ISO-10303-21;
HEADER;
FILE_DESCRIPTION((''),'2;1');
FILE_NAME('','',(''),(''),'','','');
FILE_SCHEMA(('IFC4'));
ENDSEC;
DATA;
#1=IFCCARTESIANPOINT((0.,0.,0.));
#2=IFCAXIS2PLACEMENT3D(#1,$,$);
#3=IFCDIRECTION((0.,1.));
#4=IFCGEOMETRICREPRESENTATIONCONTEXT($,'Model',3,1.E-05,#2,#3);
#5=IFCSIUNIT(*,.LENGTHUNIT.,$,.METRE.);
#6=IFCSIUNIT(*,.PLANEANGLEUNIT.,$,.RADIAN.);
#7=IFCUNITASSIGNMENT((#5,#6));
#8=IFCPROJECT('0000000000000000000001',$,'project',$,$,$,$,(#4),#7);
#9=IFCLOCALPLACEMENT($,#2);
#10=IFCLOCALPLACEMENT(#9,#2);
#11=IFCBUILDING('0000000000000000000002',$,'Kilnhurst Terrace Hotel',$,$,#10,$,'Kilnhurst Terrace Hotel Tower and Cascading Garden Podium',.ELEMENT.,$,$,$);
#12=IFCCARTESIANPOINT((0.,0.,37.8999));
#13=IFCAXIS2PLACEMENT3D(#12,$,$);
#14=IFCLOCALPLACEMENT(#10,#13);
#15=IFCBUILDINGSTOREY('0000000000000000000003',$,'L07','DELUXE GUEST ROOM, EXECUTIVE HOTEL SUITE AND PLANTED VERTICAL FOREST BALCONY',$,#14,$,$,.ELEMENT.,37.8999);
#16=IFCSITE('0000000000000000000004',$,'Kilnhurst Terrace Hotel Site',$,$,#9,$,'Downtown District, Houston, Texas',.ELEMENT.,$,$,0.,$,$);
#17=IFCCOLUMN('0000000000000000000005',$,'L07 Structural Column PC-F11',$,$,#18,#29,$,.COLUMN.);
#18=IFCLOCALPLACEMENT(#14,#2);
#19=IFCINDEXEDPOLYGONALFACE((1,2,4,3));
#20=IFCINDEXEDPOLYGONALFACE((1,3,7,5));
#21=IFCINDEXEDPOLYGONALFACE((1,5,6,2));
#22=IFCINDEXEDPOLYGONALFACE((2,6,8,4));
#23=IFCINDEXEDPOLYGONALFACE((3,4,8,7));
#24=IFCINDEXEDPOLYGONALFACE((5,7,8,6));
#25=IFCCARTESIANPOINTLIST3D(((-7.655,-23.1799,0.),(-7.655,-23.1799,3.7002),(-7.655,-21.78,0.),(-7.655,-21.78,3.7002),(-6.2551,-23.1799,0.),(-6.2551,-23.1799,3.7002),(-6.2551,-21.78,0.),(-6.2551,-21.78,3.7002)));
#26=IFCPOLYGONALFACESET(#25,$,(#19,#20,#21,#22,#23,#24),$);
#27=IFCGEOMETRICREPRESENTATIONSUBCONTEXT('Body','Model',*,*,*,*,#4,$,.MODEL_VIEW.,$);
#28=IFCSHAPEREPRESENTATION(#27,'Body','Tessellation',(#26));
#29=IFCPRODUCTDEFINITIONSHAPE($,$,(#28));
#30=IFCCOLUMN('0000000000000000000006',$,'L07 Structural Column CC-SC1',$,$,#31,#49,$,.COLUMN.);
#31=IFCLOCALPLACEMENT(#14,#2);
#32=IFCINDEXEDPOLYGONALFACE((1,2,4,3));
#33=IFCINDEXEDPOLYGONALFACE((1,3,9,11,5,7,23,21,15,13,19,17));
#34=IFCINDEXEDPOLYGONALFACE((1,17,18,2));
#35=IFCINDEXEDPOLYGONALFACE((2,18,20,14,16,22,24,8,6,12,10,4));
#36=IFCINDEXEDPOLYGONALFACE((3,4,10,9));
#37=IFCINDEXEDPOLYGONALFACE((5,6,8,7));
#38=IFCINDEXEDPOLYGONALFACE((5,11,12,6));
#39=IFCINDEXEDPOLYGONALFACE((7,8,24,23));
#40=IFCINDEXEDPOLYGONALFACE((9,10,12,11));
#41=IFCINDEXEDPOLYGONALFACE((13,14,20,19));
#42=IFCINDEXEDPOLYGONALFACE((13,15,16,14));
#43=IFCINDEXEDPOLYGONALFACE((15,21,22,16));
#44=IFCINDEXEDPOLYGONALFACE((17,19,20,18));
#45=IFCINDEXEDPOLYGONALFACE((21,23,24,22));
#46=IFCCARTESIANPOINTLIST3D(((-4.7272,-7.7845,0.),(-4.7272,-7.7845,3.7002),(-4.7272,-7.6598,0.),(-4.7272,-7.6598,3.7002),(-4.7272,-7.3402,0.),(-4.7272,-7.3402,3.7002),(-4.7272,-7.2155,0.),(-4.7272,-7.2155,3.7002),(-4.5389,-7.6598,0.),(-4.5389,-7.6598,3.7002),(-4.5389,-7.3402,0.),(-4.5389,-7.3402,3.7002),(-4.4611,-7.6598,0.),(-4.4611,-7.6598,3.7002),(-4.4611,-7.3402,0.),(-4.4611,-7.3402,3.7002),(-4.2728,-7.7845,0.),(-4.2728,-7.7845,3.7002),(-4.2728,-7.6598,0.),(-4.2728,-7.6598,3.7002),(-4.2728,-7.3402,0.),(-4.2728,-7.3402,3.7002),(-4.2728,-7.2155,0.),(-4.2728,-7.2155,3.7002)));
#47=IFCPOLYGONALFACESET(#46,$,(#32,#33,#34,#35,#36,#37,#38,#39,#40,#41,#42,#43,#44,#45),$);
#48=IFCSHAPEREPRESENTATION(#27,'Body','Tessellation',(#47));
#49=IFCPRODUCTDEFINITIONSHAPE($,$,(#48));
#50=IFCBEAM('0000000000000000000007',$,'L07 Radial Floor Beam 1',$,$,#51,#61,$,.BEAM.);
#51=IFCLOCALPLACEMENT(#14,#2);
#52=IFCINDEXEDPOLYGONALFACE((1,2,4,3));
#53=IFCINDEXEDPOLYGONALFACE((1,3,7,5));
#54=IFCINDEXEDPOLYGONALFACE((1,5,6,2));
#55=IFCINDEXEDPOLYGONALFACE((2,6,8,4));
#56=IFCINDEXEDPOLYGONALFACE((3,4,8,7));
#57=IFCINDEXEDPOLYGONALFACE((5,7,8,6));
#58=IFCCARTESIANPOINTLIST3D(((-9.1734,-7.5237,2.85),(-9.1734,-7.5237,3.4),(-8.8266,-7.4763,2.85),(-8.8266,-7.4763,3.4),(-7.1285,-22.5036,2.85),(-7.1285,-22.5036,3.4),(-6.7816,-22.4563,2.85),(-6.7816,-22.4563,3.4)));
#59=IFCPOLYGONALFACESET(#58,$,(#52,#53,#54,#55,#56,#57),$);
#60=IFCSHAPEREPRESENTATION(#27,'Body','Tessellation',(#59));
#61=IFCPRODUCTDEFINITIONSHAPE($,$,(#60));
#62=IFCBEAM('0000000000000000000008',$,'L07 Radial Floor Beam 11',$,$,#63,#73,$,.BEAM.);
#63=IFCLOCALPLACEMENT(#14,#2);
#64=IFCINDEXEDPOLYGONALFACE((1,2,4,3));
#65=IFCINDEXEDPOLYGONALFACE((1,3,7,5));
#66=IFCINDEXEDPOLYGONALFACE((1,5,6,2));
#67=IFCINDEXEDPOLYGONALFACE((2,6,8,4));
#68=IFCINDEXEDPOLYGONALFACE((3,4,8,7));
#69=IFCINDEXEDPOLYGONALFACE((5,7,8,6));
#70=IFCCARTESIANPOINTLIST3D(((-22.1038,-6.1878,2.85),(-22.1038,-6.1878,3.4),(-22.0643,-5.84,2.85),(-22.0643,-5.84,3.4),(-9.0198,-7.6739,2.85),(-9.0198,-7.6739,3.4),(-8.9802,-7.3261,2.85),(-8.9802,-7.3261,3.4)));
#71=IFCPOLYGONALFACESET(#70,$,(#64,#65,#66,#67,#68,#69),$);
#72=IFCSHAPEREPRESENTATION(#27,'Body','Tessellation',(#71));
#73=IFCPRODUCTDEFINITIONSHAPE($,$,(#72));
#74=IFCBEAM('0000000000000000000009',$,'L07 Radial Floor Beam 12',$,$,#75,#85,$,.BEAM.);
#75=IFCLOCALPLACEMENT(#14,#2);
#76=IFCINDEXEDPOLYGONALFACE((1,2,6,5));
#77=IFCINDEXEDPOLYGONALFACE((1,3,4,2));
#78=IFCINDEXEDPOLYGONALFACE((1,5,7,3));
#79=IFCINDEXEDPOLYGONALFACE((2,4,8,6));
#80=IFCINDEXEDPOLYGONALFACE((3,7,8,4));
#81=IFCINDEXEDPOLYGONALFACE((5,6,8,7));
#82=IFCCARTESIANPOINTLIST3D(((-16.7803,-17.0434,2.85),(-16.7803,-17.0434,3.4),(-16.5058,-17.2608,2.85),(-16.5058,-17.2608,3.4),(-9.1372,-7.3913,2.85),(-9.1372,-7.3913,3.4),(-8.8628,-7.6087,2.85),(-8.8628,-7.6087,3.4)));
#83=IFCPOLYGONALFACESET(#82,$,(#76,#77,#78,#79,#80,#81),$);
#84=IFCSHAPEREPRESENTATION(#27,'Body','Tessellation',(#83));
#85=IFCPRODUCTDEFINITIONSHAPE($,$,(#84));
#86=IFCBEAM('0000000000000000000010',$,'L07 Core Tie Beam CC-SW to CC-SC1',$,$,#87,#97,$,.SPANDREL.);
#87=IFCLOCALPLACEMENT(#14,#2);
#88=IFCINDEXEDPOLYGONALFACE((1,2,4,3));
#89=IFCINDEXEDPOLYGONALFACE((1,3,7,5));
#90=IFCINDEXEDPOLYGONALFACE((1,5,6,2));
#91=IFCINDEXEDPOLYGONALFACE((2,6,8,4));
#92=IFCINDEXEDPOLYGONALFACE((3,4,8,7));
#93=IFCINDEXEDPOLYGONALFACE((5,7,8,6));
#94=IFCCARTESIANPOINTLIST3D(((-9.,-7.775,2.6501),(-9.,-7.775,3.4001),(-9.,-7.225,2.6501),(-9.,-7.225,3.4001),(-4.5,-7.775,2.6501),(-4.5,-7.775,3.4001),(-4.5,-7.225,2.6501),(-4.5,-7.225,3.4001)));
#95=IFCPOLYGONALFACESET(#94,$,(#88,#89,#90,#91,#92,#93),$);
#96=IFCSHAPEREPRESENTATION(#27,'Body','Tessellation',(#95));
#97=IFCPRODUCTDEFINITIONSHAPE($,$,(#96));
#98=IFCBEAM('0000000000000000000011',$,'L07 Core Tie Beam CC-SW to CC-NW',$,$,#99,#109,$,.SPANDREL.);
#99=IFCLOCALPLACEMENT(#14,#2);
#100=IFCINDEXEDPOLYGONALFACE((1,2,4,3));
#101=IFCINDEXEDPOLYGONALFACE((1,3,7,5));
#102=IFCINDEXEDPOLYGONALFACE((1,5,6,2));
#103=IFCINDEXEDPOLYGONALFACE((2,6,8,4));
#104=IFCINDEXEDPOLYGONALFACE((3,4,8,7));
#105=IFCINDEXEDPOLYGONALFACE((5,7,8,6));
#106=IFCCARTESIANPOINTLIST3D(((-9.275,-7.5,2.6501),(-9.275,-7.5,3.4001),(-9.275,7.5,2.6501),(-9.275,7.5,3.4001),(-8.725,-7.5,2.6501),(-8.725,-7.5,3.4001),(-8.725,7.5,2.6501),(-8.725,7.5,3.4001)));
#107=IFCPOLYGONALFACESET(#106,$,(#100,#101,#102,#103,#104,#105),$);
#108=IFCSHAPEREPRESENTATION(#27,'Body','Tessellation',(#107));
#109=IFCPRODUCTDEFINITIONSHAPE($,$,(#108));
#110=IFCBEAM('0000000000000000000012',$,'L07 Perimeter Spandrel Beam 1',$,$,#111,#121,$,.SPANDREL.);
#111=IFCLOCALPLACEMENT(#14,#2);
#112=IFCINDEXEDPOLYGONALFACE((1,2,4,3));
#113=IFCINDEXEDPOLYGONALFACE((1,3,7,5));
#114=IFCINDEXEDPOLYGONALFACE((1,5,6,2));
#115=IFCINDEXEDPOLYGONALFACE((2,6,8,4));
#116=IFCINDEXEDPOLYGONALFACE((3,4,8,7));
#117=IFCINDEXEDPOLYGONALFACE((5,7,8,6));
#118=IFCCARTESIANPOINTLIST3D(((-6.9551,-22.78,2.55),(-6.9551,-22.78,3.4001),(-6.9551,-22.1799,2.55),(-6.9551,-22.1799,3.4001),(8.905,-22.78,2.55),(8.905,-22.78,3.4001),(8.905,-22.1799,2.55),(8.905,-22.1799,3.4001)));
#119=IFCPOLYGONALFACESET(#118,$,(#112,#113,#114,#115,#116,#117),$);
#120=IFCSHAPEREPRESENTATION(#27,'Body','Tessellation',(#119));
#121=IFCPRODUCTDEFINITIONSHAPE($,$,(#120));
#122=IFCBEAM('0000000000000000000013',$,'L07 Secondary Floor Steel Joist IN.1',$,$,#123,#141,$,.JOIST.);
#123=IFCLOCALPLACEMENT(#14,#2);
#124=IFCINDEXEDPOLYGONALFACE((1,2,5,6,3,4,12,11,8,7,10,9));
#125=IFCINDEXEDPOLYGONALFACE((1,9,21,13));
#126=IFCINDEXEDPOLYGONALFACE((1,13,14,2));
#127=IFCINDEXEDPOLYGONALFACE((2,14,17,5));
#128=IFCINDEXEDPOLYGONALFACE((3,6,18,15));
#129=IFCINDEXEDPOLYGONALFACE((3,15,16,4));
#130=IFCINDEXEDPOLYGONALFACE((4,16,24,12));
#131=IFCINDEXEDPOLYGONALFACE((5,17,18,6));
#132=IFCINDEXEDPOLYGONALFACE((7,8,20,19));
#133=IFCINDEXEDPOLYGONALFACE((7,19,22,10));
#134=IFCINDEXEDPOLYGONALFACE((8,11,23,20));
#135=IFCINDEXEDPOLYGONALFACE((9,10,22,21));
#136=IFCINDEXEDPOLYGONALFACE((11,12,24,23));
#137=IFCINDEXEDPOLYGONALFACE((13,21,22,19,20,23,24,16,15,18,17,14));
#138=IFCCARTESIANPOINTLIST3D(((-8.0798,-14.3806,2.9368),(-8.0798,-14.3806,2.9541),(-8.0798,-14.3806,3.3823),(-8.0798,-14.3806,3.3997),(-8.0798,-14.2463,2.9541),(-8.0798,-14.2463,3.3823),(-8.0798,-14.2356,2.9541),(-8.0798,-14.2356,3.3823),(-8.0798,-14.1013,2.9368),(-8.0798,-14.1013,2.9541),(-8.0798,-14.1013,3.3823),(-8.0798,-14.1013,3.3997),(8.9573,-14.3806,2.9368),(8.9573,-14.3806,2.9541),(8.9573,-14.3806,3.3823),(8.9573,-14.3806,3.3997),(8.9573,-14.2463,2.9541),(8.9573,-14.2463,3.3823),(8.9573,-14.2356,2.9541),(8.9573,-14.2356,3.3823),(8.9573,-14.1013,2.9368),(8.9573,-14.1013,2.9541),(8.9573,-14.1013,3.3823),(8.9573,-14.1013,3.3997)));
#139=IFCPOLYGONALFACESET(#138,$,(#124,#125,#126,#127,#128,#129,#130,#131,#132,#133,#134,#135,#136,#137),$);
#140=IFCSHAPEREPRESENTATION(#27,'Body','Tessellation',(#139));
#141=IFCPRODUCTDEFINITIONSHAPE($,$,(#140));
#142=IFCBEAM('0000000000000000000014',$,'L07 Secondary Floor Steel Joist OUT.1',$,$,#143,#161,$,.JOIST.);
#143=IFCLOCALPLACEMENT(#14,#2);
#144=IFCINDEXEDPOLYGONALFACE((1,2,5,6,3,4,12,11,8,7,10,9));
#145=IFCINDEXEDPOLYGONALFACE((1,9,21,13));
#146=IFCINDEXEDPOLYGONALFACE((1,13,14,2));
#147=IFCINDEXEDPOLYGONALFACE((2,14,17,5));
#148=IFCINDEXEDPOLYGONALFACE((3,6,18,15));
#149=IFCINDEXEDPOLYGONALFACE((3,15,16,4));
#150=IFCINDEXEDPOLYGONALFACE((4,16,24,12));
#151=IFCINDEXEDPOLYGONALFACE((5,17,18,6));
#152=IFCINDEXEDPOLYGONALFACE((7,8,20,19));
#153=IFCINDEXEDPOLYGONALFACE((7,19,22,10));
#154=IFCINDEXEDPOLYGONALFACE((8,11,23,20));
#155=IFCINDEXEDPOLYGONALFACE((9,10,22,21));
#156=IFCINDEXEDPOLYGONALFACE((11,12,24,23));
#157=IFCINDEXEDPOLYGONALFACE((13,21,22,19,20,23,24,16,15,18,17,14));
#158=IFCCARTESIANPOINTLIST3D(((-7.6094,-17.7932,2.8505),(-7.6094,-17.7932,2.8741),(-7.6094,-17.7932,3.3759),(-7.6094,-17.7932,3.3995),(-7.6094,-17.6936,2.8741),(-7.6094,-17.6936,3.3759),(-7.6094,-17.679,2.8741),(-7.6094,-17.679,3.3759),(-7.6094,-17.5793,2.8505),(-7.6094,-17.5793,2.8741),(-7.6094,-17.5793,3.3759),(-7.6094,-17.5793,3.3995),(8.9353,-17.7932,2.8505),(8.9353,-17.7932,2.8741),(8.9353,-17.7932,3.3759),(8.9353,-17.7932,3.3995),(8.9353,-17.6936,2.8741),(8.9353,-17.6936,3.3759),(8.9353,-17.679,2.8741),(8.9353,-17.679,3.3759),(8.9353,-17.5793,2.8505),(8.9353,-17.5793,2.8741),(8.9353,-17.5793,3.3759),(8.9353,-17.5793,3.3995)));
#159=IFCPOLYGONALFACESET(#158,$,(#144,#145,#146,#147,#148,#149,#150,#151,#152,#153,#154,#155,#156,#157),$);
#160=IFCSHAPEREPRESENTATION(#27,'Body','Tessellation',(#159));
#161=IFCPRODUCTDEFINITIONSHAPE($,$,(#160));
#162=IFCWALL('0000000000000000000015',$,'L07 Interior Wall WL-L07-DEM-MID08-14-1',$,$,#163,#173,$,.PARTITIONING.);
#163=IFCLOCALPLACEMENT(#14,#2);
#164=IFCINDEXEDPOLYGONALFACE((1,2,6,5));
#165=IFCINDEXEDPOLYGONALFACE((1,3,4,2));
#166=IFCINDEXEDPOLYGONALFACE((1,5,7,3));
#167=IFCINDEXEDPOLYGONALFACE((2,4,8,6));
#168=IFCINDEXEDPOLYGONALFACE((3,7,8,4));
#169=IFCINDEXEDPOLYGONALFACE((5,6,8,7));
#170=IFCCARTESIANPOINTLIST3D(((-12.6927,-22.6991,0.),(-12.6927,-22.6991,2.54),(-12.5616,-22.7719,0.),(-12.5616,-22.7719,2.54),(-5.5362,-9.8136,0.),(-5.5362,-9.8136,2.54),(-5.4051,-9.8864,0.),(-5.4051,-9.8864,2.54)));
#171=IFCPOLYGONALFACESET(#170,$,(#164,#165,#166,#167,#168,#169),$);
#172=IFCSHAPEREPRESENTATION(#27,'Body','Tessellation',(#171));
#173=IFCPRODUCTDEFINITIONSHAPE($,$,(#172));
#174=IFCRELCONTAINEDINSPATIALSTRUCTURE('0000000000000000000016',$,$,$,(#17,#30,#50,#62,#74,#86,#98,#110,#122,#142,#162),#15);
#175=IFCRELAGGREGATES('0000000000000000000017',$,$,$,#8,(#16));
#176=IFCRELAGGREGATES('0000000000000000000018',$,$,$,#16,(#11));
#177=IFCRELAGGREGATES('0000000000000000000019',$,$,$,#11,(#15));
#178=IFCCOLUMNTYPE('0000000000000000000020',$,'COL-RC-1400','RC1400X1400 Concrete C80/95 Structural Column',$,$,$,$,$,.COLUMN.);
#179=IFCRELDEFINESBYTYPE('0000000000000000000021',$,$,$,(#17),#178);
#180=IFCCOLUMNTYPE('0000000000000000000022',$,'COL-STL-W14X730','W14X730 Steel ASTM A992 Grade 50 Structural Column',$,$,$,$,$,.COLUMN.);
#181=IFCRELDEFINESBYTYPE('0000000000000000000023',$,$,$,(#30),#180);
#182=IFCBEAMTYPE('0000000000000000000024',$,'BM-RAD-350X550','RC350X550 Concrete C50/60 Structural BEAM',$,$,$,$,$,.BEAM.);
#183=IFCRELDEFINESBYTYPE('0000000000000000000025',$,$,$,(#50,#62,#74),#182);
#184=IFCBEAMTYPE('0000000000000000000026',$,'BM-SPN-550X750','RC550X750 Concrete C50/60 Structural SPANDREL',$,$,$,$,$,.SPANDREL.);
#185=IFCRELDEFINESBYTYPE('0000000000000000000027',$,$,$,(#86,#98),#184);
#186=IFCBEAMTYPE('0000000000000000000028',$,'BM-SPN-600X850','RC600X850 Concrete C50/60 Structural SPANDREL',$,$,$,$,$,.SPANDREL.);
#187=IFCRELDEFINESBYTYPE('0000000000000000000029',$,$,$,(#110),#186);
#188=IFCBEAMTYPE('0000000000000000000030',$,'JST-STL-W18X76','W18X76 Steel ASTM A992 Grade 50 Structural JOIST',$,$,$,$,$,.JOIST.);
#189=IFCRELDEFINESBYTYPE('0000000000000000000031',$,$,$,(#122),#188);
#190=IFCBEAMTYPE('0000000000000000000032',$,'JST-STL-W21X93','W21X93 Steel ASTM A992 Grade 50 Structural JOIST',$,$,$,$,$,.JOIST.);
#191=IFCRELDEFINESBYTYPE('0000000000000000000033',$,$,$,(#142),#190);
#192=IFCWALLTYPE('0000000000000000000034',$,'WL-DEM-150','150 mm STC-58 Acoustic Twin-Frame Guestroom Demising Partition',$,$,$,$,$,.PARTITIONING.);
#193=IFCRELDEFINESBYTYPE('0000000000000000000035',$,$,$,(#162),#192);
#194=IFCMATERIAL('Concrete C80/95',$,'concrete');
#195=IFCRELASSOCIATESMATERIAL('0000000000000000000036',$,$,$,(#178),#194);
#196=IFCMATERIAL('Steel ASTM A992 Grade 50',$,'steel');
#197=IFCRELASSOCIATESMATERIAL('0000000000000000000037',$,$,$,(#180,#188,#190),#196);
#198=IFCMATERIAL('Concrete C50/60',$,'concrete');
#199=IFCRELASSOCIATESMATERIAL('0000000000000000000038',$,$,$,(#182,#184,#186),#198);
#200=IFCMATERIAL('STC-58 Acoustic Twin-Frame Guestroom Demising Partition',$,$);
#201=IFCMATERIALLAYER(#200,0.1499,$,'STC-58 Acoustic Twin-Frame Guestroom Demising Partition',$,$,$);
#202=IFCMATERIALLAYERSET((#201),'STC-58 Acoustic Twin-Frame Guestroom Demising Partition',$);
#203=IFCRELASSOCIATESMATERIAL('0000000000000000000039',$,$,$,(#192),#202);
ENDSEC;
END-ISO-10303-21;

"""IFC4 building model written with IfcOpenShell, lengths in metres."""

from ifc_helpers import new_model, si_unit, direction, frame, frame_2d, origin, origin_2d, place, context, subcontext, project, spatial, rectangle, i_section, extrude, material, layer, layer_set, material_profile, profile_set, type_object, element, save


model = new_model("IFC4")

# Units and contexts
model_context = context("Model", 3, precision=1e-05, world=origin(), true_north=direction((0.0, 1.0)))
body_context = subcontext(model_context, "Body", "Model", "MODEL_VIEW")
ifc_project = project(units=[si_unit("LENGTHUNIT", "METRE"), si_unit("PLANEANGLEUNIT", "RADIAN")], contexts=[model_context])

# Site, building, storey
site_placement = place(None, origin())
site = spatial("IfcSite", under=ifc_project, at=site_placement, Name="Kilnhurst Terrace Hotel Site", LongName="Downtown District, Houston, Texas", CompositionType="ELEMENT", RefElevation=0.0)
building_placement = place(site_placement, origin())
building = spatial("IfcBuilding", under=site, at=building_placement, Name="Kilnhurst Terrace Hotel", LongName="Kilnhurst Terrace Hotel Tower and Cascading Garden Podium", CompositionType="ELEMENT")
storey_placement = place(building_placement, frame((0.0, 0.0, 37.8999)))
storey = spatial("IfcBuildingStorey", under=building, at=storey_placement, Name="L07", Description="DELUXE GUEST ROOM, EXECUTIVE HOTEL SUITE AND PLANTED VERTICAL FOREST BALCONY", CompositionType="ELEMENT", Elevation=37.8999)

# Columns
ifc_material_1 = material(Name="Concrete C80/95", Category="concrete")
ifc_material_profile_1 = material_profile(ifc_material_1, rectangle(XDim=1.3999, YDim=1.3999, at=origin_2d()), Name="RC1400X1400")
ifc_profile_set_1 = profile_set([ifc_material_profile_1], Name="Concrete C80/95")
column_type_1 = type_object("IfcColumnType", Name="COL-RC-1400", Description="RC1400X1400 Concrete C80/95 Structural Column", PredefinedType="COLUMN", material=ifc_profile_set_1)
column_1_placement = place(storey_placement, frame((-6.9551, -22.48, 0.0), z_axis=(0.0, 0.0, 1.0), x_axis=(1.0, 0.0, 0.0)))
element("IfcColumn", 1, at=column_1_placement, inside=storey, type_object=column_type_1, Name="L07 Structural Column PC-F11", PredefinedType="COLUMN", context=body_context, shape_type="SweptSolid", body=[
    extrude(rectangle(XDim=1.3999, YDim=1.3999, at=origin_2d()), origin(), (0.0, 0.0, 1.0), 3.7002),
])
ifc_material_2 = material(Name="Steel ASTM A992 Grade 50", Category="steel")
ifc_material_profile_2 = material_profile(ifc_material_2, i_section(OverallWidth=0.4543, OverallDepth=0.5691, WebThickness=0.0779, FlangeThickness=0.1248, at=origin_2d()), Name="W14X730")
ifc_profile_set_2 = profile_set([ifc_material_profile_2], Name="Steel ASTM A992 Grade 50")
column_type_2 = type_object("IfcColumnType", Name="COL-STL-W14X730", Description="W14X730 Steel ASTM A992 Grade 50 Structural Column", PredefinedType="COLUMN", material=ifc_profile_set_2)
column_2_placement = place(storey_placement, frame((-4.5, -7.5, 0.0), z_axis=(0.0, 0.0, 1.0), x_axis=(1.0, 0.0, 0.0)))
element("IfcColumn", 2, at=column_2_placement, inside=storey, type_object=column_type_2, Name="L07 Structural Column CC-SC1", PredefinedType="COLUMN", context=body_context, shape_type="SweptSolid", body=[
    extrude(i_section(OverallWidth=0.4543, OverallDepth=0.5691, WebThickness=0.0779, FlangeThickness=0.1248, at=origin_2d()), origin(), (0.0, 0.0, 1.0), 3.7002),
])

# Beams
ifc_material_3 = material(Name="Concrete C50/60", Category="concrete")
ifc_material_profile_3 = material_profile(ifc_material_3, rectangle(XDim=0.3501, YDim=0.55, at=origin_2d()), Name="RC350X550")
ifc_profile_set_3 = profile_set([ifc_material_profile_3], Name="Concrete C50/60")
beam_type_1 = type_object("IfcBeamType", Name="BM-RAD-350X550", Description="RC350X550 Concrete C50/60 Structural BEAM", PredefinedType="BEAM", material=ifc_profile_set_3)
beam_1_placement = place(storey_placement, frame((-9.0, -7.5, 3.125), z_axis=(0.135256, -0.990811, 0.0), x_axis=(0.990811, 0.135256, 0.0)))
element("IfcBeam", 3, at=beam_1_placement, inside=storey, type_object=beam_type_1, Name="L07 Radial Floor Beam 1", PredefinedType="BEAM", context=body_context, shape_type="SweptSolid", body=[
    extrude(rectangle(XDim=0.3501, YDim=0.55, at=origin_2d()), origin(), (0.0, 0.0, 1.0), 15.1189),
])
beam_2_placement = place(storey_placement, frame((-9.0, -7.5, 3.125), z_axis=(-0.993611, 0.112855, 0.0), x_axis=(-0.112855, -0.993611, 0.0)))
element("IfcBeam", 4, at=beam_2_placement, inside=storey, type_object=beam_type_1, Name="L07 Radial Floor Beam 11", PredefinedType="BEAM", context=body_context, shape_type="SweptSolid", body=[
    extrude(rectangle(XDim=0.3501, YDim=0.55, at=origin_2d()), origin(), (0.0, 0.0, 1.0), 13.1682),
])
beam_3_placement = place(storey_placement, frame((-9.0, -7.5, 3.125), z_axis=(-0.620794, -0.783974, 0.0), x_axis=(0.783974, -0.620794, 0.0)))
element("IfcBeam", 5, at=beam_3_placement, inside=storey, type_object=beam_type_1, Name="L07 Radial Floor Beam 12", PredefinedType="BEAM", context=body_context, shape_type="SweptSolid", body=[
    extrude(rectangle(XDim=0.3501, YDim=0.55, at=origin_2d()), origin(), (0.0, 0.0, 1.0), 12.3118),
])
ifc_material_profile_4 = material_profile(ifc_material_3, rectangle(XDim=0.55, YDim=0.75, at=origin_2d()), Name="RC550X750")
ifc_profile_set_4 = profile_set([ifc_material_profile_4], Name="Concrete C50/60")
beam_type_2 = type_object("IfcBeamType", Name="BM-SPN-550X750", Description="RC550X750 Concrete C50/60 Structural SPANDREL", PredefinedType="SPANDREL", material=ifc_profile_set_4)
beam_4_placement = place(storey_placement, frame((-9.0, -7.5, 3.0251), z_axis=(1.0, 0.0, 0.0), x_axis=(0.0, 1.0, 0.0)))
element("IfcBeam", 6, at=beam_4_placement, inside=storey, type_object=beam_type_2, Name="L07 Core Tie Beam CC-SW to CC-SC1", PredefinedType="SPANDREL", context=body_context, shape_type="SweptSolid", body=[
    extrude(rectangle(XDim=0.55, YDim=0.75, at=origin_2d()), origin(), (0.0, 0.0, 1.0), 4.5),
])
beam_5_placement = place(storey_placement, frame((-9.0, -7.5, 3.0251), z_axis=(0.0, 1.0, 0.0), x_axis=(-1.0, 0.0, 0.0)))
element("IfcBeam", 7, at=beam_5_placement, inside=storey, type_object=beam_type_2, Name="L07 Core Tie Beam CC-SW to CC-NW", PredefinedType="SPANDREL", context=body_context, shape_type="SweptSolid", body=[
    extrude(rectangle(XDim=0.55, YDim=0.75, at=origin_2d()), origin(), (0.0, 0.0, 1.0), 15.0),
])
ifc_material_profile_5 = material_profile(ifc_material_3, rectangle(XDim=0.6001, YDim=0.8501, at=origin_2d()), Name="RC600X850")
ifc_profile_set_5 = profile_set([ifc_material_profile_5], Name="Concrete C50/60")
beam_type_3 = type_object("IfcBeamType", Name="BM-SPN-600X850", Description="RC600X850 Concrete C50/60 Structural SPANDREL", PredefinedType="SPANDREL", material=ifc_profile_set_5)
beam_6_placement = place(storey_placement, frame((-6.9551, -22.48, 2.9751), z_axis=(1.0, 0.0, 0.0), x_axis=(0.0, 1.0, 0.0)))
element("IfcBeam", 8, at=beam_6_placement, inside=storey, type_object=beam_type_3, Name="L07 Perimeter Spandrel Beam 1", PredefinedType="SPANDREL", context=body_context, shape_type="SweptSolid", body=[
    extrude(rectangle(XDim=0.6001, YDim=0.8501, at=origin_2d()), origin(), (0.0, 0.0, 1.0), 15.8601),
])
ifc_material_profile_6 = material_profile(ifc_material_2, i_section(OverallWidth=0.2793, OverallDepth=0.4629, WebThickness=0.0107, FlangeThickness=0.0173, at=origin_2d()), Name="W18X76")
ifc_profile_set_6 = profile_set([ifc_material_profile_6], Name="Steel ASTM A992 Grade 50")
beam_type_4 = type_object("IfcBeamType", Name="JST-STL-W18X76", Description="W18X76 Steel ASTM A992 Grade 50 Structural JOIST", PredefinedType="JOIST", material=ifc_profile_set_6)
beam_7_placement = place(storey_placement, frame((-8.0798, -14.241, 3.1682), z_axis=(1.0, 0.0, 0.0), x_axis=(0.0, 1.0, 0.0)))
element("IfcBeam", 9, at=beam_7_placement, inside=storey, type_object=beam_type_4, Name="L07 Secondary Floor Steel Joist IN.1", PredefinedType="JOIST", context=body_context, shape_type="SweptSolid", body=[
    extrude(i_section(OverallWidth=0.2793, OverallDepth=0.4629, WebThickness=0.0107, FlangeThickness=0.0173, at=origin_2d()), origin(), (0.0, 0.0, 1.0), 17.0371),
])
ifc_material_profile_7 = material_profile(ifc_material_2, i_section(OverallWidth=0.2139, OverallDepth=0.5491, WebThickness=0.0146, FlangeThickness=0.0237, at=origin_2d()), Name="W21X93")
ifc_profile_set_7 = profile_set([ifc_material_profile_7], Name="Steel ASTM A992 Grade 50")
beam_type_5 = type_object("IfcBeamType", Name="JST-STL-W21X93", Description="W21X93 Steel ASTM A992 Grade 50 Structural JOIST", PredefinedType="JOIST", material=ifc_profile_set_7)
beam_8_placement = place(storey_placement, frame((-7.6094, -17.6863, 3.125), z_axis=(1.0, 0.0, 0.0), x_axis=(0.0, 1.0, 0.0)))
element("IfcBeam", 10, at=beam_8_placement, inside=storey, type_object=beam_type_5, Name="L07 Secondary Floor Steel Joist OUT.1", PredefinedType="JOIST", context=body_context, shape_type="SweptSolid", body=[
    extrude(i_section(OverallWidth=0.2139, OverallDepth=0.5491, WebThickness=0.0146, FlangeThickness=0.0237, at=origin_2d()), origin(), (0.0, 0.0, 1.0), 16.5447),
])

# Wall
ifc_material_4 = material(Name="STC-58 Acoustic Twin-Frame Guestroom Demising Partition")
ifc_layer_1 = layer(ifc_material_4, 0.1499, Name="STC-58 Acoustic Twin-Frame Guestroom Demising Partition")
ifc_layer_set_1 = layer_set([ifc_layer_1], Name="STC-58 Acoustic Twin-Frame Guestroom Demising Partition")
wall_type_1 = type_object("IfcWallType", Name="WL-DEM-150", Description="150 mm STC-58 Acoustic Twin-Frame Guestroom Demising Partition", PredefinedType="PARTITIONING", material=ifc_layer_set_1)
wall_1_placement = place(storey_placement, frame((-5.4707, -9.8501, 0.0), z_axis=(0.0, 0.0, 1.0), x_axis=(-0.485533, -0.874218, 0.0)))
element("IfcWall", 11, at=wall_1_placement, inside=storey, type_object=wall_type_1, Name="L07 Interior Wall WL-L07-DEM-MID08-14-1", PredefinedType="PARTITIONING", context=body_context, shape_type="SweptSolid", body=[
    extrude(rectangle(XDim=14.7395, YDim=0.1499, at=frame_2d((7.3696, 0.0))), origin(), (0.0, 0.0, 1.0), 2.54),
])

save(model, "model.ifc")
